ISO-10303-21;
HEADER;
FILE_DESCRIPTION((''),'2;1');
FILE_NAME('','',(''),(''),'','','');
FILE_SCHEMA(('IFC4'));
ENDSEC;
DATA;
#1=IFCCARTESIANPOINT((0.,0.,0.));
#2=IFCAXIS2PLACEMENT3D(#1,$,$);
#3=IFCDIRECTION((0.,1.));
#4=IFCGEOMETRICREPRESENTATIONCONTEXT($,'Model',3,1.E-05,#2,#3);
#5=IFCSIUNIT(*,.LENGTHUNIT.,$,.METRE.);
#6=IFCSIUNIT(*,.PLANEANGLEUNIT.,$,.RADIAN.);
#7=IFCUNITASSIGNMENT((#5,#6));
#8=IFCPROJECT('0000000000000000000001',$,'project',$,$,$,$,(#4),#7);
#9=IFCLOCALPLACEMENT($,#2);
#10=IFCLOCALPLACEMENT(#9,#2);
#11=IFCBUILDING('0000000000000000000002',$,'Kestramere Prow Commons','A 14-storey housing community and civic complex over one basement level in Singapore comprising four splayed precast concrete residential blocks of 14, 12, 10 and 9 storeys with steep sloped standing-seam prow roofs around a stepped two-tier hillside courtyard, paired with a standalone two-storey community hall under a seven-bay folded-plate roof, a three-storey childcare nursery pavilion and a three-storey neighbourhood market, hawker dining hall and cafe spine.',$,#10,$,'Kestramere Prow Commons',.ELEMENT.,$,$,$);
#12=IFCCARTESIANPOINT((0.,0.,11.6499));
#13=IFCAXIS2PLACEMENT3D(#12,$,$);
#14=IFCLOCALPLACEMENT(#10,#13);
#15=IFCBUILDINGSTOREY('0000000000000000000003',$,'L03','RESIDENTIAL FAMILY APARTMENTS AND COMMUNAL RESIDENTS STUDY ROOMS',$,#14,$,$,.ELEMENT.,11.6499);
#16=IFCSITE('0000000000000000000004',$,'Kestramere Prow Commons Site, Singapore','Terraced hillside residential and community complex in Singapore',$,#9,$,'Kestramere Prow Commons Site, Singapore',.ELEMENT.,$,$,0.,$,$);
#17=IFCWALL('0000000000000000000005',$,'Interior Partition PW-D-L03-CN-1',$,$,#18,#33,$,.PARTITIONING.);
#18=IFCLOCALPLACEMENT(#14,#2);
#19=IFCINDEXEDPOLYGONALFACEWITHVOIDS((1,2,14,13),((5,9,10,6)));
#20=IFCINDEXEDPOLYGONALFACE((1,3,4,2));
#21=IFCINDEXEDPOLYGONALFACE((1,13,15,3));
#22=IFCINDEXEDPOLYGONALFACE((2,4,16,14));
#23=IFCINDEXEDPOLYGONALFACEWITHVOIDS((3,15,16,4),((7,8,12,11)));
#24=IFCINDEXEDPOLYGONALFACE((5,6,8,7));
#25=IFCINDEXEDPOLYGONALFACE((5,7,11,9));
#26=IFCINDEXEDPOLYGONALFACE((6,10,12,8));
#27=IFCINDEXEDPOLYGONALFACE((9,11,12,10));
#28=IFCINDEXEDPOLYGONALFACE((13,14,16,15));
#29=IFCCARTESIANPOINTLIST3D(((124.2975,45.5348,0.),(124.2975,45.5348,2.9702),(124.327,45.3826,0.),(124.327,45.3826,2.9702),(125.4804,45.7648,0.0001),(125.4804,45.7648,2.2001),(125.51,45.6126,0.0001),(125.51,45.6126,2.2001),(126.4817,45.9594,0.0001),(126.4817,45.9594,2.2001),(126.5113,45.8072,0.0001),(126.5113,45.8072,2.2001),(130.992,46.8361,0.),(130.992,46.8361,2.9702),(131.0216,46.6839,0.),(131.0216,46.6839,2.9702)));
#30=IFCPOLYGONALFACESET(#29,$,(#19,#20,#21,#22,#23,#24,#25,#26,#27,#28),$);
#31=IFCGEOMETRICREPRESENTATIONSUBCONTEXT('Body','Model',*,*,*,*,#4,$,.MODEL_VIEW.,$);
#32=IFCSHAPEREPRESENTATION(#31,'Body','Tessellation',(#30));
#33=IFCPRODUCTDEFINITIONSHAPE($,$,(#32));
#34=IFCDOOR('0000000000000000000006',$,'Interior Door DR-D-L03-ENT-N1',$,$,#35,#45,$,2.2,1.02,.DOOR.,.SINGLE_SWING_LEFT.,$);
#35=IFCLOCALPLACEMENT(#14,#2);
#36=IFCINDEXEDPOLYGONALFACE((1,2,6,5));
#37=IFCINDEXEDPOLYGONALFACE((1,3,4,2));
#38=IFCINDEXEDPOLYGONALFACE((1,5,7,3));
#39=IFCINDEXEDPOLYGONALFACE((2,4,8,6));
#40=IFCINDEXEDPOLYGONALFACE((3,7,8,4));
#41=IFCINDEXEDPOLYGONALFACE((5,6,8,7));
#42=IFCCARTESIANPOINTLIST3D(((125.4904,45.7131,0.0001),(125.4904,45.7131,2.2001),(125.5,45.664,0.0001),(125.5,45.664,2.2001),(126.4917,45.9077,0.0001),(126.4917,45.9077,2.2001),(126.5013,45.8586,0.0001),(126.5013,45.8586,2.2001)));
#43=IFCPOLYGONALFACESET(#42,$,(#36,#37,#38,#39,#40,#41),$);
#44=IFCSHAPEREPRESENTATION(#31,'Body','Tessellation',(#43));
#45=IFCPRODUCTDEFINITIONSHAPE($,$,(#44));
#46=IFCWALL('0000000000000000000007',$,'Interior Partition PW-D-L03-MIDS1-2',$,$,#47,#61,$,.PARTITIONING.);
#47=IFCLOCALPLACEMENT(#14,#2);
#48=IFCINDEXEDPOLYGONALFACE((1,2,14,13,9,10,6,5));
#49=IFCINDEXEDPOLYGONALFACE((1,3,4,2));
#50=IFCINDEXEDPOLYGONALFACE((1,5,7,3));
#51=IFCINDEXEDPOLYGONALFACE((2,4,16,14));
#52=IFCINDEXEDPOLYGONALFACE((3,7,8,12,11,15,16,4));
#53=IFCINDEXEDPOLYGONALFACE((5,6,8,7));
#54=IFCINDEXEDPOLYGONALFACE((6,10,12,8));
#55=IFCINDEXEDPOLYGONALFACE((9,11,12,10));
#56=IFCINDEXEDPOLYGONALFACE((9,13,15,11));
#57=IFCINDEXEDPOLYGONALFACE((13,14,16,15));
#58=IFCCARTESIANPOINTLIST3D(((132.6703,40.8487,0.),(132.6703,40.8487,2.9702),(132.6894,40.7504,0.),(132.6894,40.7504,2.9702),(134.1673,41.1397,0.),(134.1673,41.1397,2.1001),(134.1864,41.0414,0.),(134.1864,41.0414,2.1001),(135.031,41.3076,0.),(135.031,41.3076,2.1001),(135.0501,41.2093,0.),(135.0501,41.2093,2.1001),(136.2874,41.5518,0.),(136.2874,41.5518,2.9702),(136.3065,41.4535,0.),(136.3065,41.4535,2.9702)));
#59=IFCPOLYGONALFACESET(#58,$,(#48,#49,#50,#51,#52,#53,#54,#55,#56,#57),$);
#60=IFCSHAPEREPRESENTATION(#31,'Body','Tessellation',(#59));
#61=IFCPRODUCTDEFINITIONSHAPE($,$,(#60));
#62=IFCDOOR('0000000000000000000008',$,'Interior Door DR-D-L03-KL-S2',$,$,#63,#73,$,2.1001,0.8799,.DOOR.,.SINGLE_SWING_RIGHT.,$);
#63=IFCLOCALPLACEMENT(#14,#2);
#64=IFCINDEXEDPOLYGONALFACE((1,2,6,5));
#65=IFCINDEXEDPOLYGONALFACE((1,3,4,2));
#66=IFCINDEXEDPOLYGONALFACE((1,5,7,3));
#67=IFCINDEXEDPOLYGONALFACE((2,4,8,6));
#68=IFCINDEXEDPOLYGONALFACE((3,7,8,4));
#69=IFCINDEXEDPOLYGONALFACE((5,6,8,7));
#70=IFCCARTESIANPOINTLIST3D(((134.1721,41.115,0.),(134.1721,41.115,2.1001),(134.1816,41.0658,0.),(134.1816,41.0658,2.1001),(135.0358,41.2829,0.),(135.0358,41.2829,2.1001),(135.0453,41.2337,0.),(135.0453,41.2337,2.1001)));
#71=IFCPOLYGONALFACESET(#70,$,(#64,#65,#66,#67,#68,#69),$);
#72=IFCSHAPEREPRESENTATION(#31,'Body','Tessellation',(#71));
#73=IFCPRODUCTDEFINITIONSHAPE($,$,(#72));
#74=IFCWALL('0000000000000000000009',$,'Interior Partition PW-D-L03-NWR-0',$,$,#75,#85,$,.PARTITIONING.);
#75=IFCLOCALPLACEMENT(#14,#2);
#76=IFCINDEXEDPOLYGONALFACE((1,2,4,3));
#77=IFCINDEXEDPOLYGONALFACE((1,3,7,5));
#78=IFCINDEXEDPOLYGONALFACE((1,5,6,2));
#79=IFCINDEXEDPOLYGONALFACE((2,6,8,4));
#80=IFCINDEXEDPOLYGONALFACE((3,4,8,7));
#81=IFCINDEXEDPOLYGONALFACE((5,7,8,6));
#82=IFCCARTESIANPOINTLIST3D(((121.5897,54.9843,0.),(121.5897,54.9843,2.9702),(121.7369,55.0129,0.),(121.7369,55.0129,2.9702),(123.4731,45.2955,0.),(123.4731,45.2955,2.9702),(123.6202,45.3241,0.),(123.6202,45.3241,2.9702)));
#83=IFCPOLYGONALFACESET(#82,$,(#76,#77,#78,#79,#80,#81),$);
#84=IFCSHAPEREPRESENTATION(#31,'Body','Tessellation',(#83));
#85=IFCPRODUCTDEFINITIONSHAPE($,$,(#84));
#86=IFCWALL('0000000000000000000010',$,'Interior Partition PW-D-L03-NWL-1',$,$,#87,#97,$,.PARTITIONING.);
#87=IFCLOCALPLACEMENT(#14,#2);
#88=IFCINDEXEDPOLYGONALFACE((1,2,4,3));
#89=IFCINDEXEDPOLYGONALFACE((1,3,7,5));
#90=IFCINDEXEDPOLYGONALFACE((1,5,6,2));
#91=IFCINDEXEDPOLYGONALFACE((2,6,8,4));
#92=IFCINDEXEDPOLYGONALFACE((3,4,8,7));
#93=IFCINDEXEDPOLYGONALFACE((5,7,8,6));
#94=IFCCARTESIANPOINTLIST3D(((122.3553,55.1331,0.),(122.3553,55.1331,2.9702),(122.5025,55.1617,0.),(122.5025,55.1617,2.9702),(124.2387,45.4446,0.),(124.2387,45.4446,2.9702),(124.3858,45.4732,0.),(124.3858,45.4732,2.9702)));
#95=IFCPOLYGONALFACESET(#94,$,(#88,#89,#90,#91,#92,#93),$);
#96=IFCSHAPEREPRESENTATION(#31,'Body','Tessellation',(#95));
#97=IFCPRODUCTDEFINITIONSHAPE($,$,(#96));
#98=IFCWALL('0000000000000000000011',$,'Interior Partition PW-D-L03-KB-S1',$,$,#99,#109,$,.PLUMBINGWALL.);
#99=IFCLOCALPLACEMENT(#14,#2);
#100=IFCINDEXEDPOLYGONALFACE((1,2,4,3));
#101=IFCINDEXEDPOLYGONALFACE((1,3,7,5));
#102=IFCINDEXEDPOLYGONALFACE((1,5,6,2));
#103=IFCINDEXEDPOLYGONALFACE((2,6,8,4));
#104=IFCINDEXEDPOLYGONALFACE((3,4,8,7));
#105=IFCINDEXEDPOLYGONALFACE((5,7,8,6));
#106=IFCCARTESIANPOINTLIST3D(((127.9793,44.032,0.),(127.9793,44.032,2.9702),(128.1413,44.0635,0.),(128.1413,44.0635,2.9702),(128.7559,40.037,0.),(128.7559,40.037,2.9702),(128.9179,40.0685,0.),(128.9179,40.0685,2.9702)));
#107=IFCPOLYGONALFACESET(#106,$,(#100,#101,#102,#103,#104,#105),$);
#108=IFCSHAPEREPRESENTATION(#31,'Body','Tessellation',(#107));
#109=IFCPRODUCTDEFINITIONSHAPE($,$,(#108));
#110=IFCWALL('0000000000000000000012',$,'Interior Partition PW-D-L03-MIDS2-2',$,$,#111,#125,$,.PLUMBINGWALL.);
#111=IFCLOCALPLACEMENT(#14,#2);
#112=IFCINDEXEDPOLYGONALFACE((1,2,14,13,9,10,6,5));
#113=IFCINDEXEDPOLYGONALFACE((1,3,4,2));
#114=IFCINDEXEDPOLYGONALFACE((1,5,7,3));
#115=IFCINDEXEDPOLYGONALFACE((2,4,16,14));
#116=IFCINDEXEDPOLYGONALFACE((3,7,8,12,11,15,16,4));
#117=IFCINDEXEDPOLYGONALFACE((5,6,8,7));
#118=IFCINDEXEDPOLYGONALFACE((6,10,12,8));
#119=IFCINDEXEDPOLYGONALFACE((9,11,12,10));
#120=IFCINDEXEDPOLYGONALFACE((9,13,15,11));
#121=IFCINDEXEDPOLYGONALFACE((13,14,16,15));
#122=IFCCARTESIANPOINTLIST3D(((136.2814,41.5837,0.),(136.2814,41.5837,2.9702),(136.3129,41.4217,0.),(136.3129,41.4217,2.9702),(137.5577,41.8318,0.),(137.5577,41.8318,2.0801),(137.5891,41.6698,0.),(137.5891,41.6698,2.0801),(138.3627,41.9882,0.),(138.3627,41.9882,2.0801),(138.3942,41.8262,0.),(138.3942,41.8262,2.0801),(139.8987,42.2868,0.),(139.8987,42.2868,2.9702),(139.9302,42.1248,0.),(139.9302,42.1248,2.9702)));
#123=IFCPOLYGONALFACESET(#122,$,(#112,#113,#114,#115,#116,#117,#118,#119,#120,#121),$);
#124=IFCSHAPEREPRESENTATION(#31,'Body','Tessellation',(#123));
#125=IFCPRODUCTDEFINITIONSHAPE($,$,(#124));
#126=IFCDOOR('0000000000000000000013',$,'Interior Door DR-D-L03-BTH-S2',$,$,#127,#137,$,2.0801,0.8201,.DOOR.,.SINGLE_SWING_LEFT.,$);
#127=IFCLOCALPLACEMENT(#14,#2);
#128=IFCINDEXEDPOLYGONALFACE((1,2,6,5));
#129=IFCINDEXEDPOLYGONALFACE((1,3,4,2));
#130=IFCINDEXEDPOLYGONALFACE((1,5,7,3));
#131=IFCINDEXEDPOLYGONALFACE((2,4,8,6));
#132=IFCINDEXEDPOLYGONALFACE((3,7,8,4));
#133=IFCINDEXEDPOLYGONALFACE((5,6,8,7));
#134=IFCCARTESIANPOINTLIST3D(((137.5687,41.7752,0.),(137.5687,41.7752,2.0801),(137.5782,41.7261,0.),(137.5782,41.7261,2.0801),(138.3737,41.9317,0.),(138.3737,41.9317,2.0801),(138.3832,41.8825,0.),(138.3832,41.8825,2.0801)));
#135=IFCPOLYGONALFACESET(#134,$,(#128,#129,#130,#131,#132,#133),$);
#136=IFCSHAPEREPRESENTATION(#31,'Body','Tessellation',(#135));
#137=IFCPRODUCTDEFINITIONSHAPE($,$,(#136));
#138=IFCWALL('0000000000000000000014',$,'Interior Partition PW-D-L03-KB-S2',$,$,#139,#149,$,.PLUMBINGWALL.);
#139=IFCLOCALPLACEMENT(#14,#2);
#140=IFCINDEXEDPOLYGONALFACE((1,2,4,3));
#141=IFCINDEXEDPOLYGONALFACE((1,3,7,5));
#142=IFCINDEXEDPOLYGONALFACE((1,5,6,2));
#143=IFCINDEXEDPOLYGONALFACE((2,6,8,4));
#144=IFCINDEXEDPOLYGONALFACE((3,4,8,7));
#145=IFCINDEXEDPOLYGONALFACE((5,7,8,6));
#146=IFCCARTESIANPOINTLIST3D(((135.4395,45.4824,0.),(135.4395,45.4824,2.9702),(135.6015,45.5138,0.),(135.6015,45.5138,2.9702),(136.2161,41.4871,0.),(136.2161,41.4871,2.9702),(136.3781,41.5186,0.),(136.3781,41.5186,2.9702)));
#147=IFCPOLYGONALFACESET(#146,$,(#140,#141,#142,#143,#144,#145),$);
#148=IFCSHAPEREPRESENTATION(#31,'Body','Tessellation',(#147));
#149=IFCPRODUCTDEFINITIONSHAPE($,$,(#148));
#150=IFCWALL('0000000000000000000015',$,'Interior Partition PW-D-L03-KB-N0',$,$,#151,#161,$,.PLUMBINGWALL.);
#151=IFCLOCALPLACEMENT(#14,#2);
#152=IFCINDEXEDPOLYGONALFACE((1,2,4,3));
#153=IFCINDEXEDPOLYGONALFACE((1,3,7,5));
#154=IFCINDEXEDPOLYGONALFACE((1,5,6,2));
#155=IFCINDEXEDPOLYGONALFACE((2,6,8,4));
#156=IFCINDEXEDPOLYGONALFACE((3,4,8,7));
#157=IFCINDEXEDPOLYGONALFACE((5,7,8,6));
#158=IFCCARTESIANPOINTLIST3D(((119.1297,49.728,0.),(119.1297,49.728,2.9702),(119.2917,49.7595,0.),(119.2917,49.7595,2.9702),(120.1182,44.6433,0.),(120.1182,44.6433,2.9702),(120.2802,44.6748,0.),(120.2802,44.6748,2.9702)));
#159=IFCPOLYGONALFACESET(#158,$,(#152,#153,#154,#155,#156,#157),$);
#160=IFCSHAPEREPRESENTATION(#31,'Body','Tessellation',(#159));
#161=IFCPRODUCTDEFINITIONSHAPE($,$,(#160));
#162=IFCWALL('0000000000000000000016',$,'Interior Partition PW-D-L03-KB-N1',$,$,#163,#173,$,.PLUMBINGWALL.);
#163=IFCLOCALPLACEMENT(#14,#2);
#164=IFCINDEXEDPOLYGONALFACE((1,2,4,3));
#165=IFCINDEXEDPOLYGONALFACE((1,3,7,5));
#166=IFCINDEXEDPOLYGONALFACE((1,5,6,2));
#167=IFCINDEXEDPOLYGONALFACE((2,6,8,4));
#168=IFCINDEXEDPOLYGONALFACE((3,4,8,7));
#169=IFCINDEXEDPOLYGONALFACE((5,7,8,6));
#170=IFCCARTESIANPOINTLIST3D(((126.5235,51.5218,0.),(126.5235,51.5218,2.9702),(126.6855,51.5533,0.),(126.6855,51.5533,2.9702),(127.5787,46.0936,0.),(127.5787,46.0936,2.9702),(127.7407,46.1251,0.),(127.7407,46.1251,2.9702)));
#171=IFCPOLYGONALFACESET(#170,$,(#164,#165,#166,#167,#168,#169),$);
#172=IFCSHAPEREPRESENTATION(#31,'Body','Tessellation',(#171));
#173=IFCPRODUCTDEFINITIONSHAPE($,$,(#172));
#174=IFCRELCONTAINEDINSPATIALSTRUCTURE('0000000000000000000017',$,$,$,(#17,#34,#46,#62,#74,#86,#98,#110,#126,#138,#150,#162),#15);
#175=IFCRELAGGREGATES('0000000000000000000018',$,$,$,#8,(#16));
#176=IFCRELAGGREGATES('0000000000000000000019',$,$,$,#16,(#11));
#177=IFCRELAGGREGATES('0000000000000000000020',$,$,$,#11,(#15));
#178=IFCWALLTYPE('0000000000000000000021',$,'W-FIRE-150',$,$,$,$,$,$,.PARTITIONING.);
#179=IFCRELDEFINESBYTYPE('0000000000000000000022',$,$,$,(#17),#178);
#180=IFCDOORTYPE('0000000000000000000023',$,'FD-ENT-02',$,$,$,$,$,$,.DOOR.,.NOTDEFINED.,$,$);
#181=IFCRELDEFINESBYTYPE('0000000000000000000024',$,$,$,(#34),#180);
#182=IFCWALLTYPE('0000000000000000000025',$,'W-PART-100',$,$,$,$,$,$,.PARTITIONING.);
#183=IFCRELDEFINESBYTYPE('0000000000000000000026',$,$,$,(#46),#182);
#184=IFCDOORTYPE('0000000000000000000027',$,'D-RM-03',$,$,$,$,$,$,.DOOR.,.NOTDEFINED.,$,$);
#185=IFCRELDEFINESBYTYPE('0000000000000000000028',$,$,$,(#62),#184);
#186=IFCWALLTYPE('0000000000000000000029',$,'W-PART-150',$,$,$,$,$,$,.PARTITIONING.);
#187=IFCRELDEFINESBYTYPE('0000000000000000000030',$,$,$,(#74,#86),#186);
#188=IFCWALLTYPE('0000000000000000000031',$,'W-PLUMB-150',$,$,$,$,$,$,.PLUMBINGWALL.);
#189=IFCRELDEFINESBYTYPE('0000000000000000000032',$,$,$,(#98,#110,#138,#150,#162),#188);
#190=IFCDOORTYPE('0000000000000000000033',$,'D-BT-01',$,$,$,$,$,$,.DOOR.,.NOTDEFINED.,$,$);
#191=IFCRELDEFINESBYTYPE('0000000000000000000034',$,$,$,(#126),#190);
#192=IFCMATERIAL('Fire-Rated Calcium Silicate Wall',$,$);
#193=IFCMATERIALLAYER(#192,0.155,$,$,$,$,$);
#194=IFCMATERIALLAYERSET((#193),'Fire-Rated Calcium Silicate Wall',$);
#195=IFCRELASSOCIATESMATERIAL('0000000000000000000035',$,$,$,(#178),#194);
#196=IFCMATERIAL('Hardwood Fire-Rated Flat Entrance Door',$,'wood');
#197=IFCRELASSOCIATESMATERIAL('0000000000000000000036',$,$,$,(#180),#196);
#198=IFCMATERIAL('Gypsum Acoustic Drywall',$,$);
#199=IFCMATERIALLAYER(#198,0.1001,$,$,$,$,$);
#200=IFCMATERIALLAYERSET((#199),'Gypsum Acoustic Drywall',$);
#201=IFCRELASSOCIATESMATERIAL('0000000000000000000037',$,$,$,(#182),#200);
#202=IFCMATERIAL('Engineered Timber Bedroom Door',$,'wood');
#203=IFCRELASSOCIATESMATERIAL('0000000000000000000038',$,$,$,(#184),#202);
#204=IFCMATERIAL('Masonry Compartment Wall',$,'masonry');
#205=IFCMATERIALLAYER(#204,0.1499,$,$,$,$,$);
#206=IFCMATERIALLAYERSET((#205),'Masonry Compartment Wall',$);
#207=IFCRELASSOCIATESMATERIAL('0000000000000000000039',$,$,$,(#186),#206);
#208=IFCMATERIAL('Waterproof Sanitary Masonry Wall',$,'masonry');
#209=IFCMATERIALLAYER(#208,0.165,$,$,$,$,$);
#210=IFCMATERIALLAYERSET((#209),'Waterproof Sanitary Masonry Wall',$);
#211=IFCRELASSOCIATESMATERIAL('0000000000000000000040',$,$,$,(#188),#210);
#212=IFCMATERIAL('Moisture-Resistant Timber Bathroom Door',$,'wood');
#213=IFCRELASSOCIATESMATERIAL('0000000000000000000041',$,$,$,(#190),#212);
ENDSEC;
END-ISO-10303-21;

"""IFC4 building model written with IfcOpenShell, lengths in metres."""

from ifc_helpers import new_model, si_unit, direction, frame, frame_2d, origin, place, context, subcontext, project, spatial, rectangle, extrude, material, layer, layer_set, type_object, element, fill, save


model = new_model("IFC4")

# Units and contexts
model_context = context("Model", 3, precision=1e-05, world=origin(), true_north=direction((0.0, 1.0)))
body_context = subcontext(model_context, "Body", "Model", "MODEL_VIEW")
ifc_project = project(units=[si_unit("LENGTHUNIT", "METRE"), si_unit("PLANEANGLEUNIT", "RADIAN")], contexts=[model_context])

# Site, building, storey
site_placement = place(None, origin())
site = spatial("IfcSite", under=ifc_project, at=site_placement, Name="Kestramere Prow Commons Site, Singapore", Description="Terraced hillside residential and community complex in Singapore", LongName="Kestramere Prow Commons Site, Singapore", CompositionType="ELEMENT", RefElevation=0.0)
building_placement = place(site_placement, origin())
building = spatial("IfcBuilding", under=site, at=building_placement, Name="Kestramere Prow Commons", Description="A 14-storey housing community and civic complex over one basement level in Singapore comprising four splayed precast concrete residential blocks of 14, 12, 10 and 9 storeys with steep sloped standing-seam prow roofs around a stepped two-tier hillside courtyard, paired with a standalone two-storey community hall under a seven-bay folded-plate roof, a three-storey childcare nursery pavilion and a three-storey neighbourhood market, hawker dining hall and cafe spine.", LongName="Kestramere Prow Commons", CompositionType="ELEMENT")
storey_placement = place(building_placement, frame((0.0, 0.0, 11.6499)))
storey = spatial("IfcBuildingStorey", under=building, at=storey_placement, Name="L03", Description="RESIDENTIAL FAMILY APARTMENTS AND COMMUNAL RESIDENTS STUDY ROOMS", CompositionType="ELEMENT", Elevation=11.6499)

# Walls, openings, doors
ifc_material_1 = material(Name="Fire-Rated Calcium Silicate Wall")
ifc_layer_1 = layer(ifc_material_1, 0.155)
ifc_layer_set_1 = layer_set([ifc_layer_1], Name="Fire-Rated Calcium Silicate Wall")
wall_type_1 = type_object("IfcWallType", Name="W-FIRE-150", PredefinedType="PARTITIONING", material=ifc_layer_set_1)
ifc_material_2 = material(Name="Hardwood Fire-Rated Flat Entrance Door", Category="wood")
door_type_1 = type_object("IfcDoorType", Name="FD-ENT-02", OperationType="NOTDEFINED", PredefinedType="DOOR", material=ifc_material_2)
wall_1_placement = place(storey_placement, frame((124.3123, 45.4587, 0.0), z_axis=(0.0, 0.0, 1.0), x_axis=(0.981628, 0.190805, 0.0)))
wall_1 = element("IfcWall", 1, at=wall_1_placement, inside=storey, type_object=wall_type_1, Name="Interior Partition PW-D-L03-CN-1", PredefinedType="PARTITIONING", context=body_context, shape_type="SweptSolid", body=[
    extrude(rectangle(XDim=6.8198, YDim=0.155, at=frame_2d((3.4099, 0.0))), origin(), (0.0, 0.0, 1.0), 2.9702),
])
opening_1_placement = place(wall_1_placement, frame((1.2051, 0.0, 0.0)))
opening_1 = element("IfcOpeningElement", 2, at=opening_1_placement, cuts=wall_1, PredefinedType="OPENING", context=body_context, shape_type="SweptSolid", body=[
    extrude(rectangle(XDim=1.02, YDim=2.2, at=frame_2d((0.51, 1.1001))), frame((0.0, 0.0925, 0.0), z_axis=(0.0, -1.0, 0.0), x_axis=(1.0, 0.0, 0.0)), (0.0, 0.0, 1.0), 0.1851),
])
door_1_placement = place(opening_1_placement, origin())
door_1 = element("IfcDoor", 3, at=door_1_placement, inside=storey, type_object=door_type_1, Name="Interior Door DR-D-L03-ENT-N1", OperationType="SINGLE_SWING_LEFT", OverallHeight=2.2, OverallWidth=1.02, PredefinedType="DOOR", context=body_context, shape_type="SweptSolid", body=[
    extrude(rectangle(XDim=1.02, YDim=2.2, at=frame_2d((0.51, 1.1001))), frame((0.0, 0.0249, 0.0), z_axis=(0.0, -1.0, 0.0), x_axis=(1.0, 0.0, 0.0)), (0.0, 0.0, 1.0), 0.05),
])
fill(opening_1, door_1)
ifc_material_3 = material(Name="Gypsum Acoustic Drywall")
ifc_layer_2 = layer(ifc_material_3, 0.1001)
ifc_layer_set_2 = layer_set([ifc_layer_2], Name="Gypsum Acoustic Drywall")
wall_type_2 = type_object("IfcWallType", Name="W-PART-100", PredefinedType="PARTITIONING", material=ifc_layer_set_2)
wall_2_placement = place(storey_placement, frame((132.6799, 40.7996, 0.0), z_axis=(0.0, 0.0, 1.0), x_axis=(0.981626, 0.190813, 0.0)))
wall_2 = element("IfcWall", 4, at=wall_2_placement, inside=storey, type_object=wall_type_2, Name="Interior Partition PW-D-L03-MIDS1-2", PredefinedType="PARTITIONING", context=body_context, shape_type="SweptSolid", body=[
    extrude(rectangle(XDim=3.6848, YDim=0.1001, at=frame_2d((1.8423, 0.0))), origin(), (0.0, 0.0, 1.0), 2.9702),
])
opening_2_placement = place(wall_2_placement, frame((1.5249, 0.0, 0.0)))
opening_2 = element("IfcOpeningElement", 5, at=opening_2_placement, cuts=wall_2, PredefinedType="OPENING", context=body_context, shape_type="SweptSolid", body=[
    extrude(rectangle(XDim=0.8799, YDim=2.1001, at=frame_2d((0.4399, 1.05))), frame((0.0, 0.0649, 0.0), z_axis=(0.0, -1.0, 0.0), x_axis=(1.0, 0.0, 0.0)), (0.0, 0.0, 1.0), 0.1301),
])
ifc_material_4 = material(Name="Engineered Timber Bedroom Door", Category="wood")
door_type_2 = type_object("IfcDoorType", Name="D-RM-03", OperationType="NOTDEFINED", PredefinedType="DOOR", material=ifc_material_4)
door_2_placement = place(opening_2_placement, origin())
door_2 = element("IfcDoor", 6, at=door_2_placement, inside=storey, type_object=door_type_2, Name="Interior Door DR-D-L03-KL-S2", OperationType="SINGLE_SWING_RIGHT", OverallHeight=2.1001, OverallWidth=0.8799, PredefinedType="DOOR", context=body_context, shape_type="SweptSolid", body=[
    extrude(rectangle(XDim=0.8799, YDim=2.1001, at=frame_2d((0.4399, 1.05))), frame((0.0, 0.0249, 0.0), z_axis=(0.0, -1.0, 0.0), x_axis=(1.0, 0.0, 0.0)), (0.0, 0.0, 1.0), 0.05),
])
fill(opening_2, door_2)

# Walls
ifc_material_5 = material(Name="Masonry Compartment Wall", Category="masonry")
ifc_layer_3 = layer(ifc_material_5, 0.1499)
ifc_layer_set_3 = layer_set([ifc_layer_3], Name="Masonry Compartment Wall")
wall_type_3 = type_object("IfcWallType", Name="W-PART-150", PredefinedType="PARTITIONING", material=ifc_layer_set_3)
wall_3_placement = place(storey_placement, frame((123.5466, 45.3098, 0.0), z_axis=(0.0, 0.0, 1.0), x_axis=(-0.190809, 0.981627, 0.0)))
element("IfcWall", 7, at=wall_3_placement, inside=storey, type_object=wall_type_3, Name="Interior Partition PW-D-L03-NWR-0", PredefinedType="PARTITIONING", context=body_context, shape_type="SweptSolid", body=[
    extrude(rectangle(XDim=9.8701, YDim=0.1499, at=frame_2d((4.9351, 0.0))), origin(), (0.0, 0.0, 1.0), 2.9702),
])
wall_4_placement = place(storey_placement, frame((124.3123, 45.4587, 0.0), z_axis=(0.0, 0.0, 1.0), x_axis=(-0.190814, 0.981626, 0.0)))
element("IfcWall", 8, at=wall_4_placement, inside=storey, type_object=wall_type_3, Name="Interior Partition PW-D-L03-NWL-1", PredefinedType="PARTITIONING", context=body_context, shape_type="SweptSolid", body=[
    extrude(rectangle(XDim=9.8699, YDim=0.1499, at=frame_2d((4.9351, 0.0))), origin(), (0.0, 0.0, 1.0), 2.9702),
])
ifc_material_6 = material(Name="Waterproof Sanitary Masonry Wall", Category="masonry")
ifc_layer_4 = layer(ifc_material_6, 0.165)
ifc_layer_set_4 = layer_set([ifc_layer_4], Name="Waterproof Sanitary Masonry Wall")
wall_type_4 = type_object("IfcWallType", Name="W-PLUMB-150", PredefinedType="PLUMBINGWALL", material=ifc_layer_set_4)
wall_5_placement = place(storey_placement, frame((128.8369, 40.0527, 0.0), z_axis=(0.0, 0.0, 1.0), x_axis=(-0.190818, 0.981625, 0.0)))
element("IfcWall", 9, at=wall_5_placement, inside=storey, type_object=wall_type_4, Name="Interior Partition PW-D-L03-KB-S1", PredefinedType="PLUMBINGWALL", context=body_context, shape_type="SweptSolid", body=[
    extrude(rectangle(XDim=4.0698, YDim=0.165, at=frame_2d((2.0349, 0.0))), origin(), (0.0, 0.0, 1.0), 2.9702),
])

# Wall, opening, door
wall_6_placement = place(storey_placement, frame((136.2971, 41.5027, 0.0), z_axis=(0.0, 0.0, 1.0), x_axis=(0.981629, 0.190801, 0.0)))
wall_6 = element("IfcWall", 10, at=wall_6_placement, inside=storey, type_object=wall_type_4, Name="Interior Partition PW-D-L03-MIDS2-2", PredefinedType="PLUMBINGWALL", context=body_context, shape_type="SweptSolid", body=[
    extrude(rectangle(XDim=3.6851, YDim=0.165, at=frame_2d((1.8425, 0.0))), origin(), (0.0, 0.0, 1.0), 2.9702),
])
opening_3_placement = place(wall_6_placement, frame((1.3, 0.0, 0.0)))
opening_3 = element("IfcOpeningElement", 11, at=opening_3_placement, cuts=wall_6, PredefinedType="OPENING", context=body_context, shape_type="SweptSolid", body=[
    extrude(rectangle(XDim=0.8201, YDim=2.0801, at=frame_2d((0.4102, 1.04))), frame((0.0, 0.0974, 0.0), z_axis=(0.0, -1.0, 0.0), x_axis=(1.0, 0.0, 0.0)), (0.0, 0.0, 1.0), 0.1951),
])
ifc_material_7 = material(Name="Moisture-Resistant Timber Bathroom Door", Category="wood")
door_type_3 = type_object("IfcDoorType", Name="D-BT-01", OperationType="NOTDEFINED", PredefinedType="DOOR", material=ifc_material_7)
door_3_placement = place(opening_3_placement, origin())
door_3 = element("IfcDoor", 12, at=door_3_placement, inside=storey, type_object=door_type_3, Name="Interior Door DR-D-L03-BTH-S2", OperationType="SINGLE_SWING_LEFT", OverallHeight=2.0801, OverallWidth=0.8201, PredefinedType="DOOR", context=body_context, shape_type="SweptSolid", body=[
    extrude(rectangle(XDim=0.8201, YDim=2.0801, at=frame_2d((0.4102, 1.04))), frame((0.0, 0.0249, 0.0), z_axis=(0.0, -1.0, 0.0), x_axis=(1.0, 0.0, 0.0)), (0.0, 0.0, 1.0), 0.05),
])
fill(opening_3, door_3)

# Walls
wall_7_placement = place(storey_placement, frame((136.2971, 41.5027, 0.0), z_axis=(0.0, 0.0, 1.0), x_axis=(-0.190807, 0.981628, 0.0)))
element("IfcWall", 13, at=wall_7_placement, inside=storey, type_object=wall_type_4, Name="Interior Partition PW-D-L03-KB-S2", PredefinedType="PLUMBINGWALL", context=body_context, shape_type="SweptSolid", body=[
    extrude(rectangle(XDim=4.0701, YDim=0.165, at=frame_2d((2.0352, 0.0))), origin(), (0.0, 0.0, 1.0), 2.9702),
])
wall_8_placement = place(storey_placement, frame((120.1992, 44.6592, 0.0), z_axis=(0.0, 0.0, 1.0), x_axis=(-0.190838, 0.981622, 0.0)))
element("IfcWall", 14, at=wall_8_placement, inside=storey, type_object=wall_type_4, Name="Interior Partition PW-D-L03-KB-N0", PredefinedType="PLUMBINGWALL", context=body_context, shape_type="SweptSolid", body=[
    extrude(rectangle(XDim=5.1799, YDim=0.165, at=frame_2d((2.5898, 0.0))), origin(), (0.0, 0.0, 1.0), 2.9702),
])
wall_9_placement = place(storey_placement, frame((127.6597, 46.1094, 0.0), z_axis=(0.0, 0.0, 1.0), x_axis=(-0.190815, 0.981626, 0.0)))
element("IfcWall", 15, at=wall_9_placement, inside=storey, type_object=wall_type_4, Name="Interior Partition PW-D-L03-KB-N1", PredefinedType="PLUMBINGWALL", context=body_context, shape_type="SweptSolid", body=[
    extrude(rectangle(XDim=5.5298, YDim=0.165, at=frame_2d((2.7649, 0.0))), origin(), (0.0, 0.0, 1.0), 2.9702),
])

save(model, "model.ifc")
